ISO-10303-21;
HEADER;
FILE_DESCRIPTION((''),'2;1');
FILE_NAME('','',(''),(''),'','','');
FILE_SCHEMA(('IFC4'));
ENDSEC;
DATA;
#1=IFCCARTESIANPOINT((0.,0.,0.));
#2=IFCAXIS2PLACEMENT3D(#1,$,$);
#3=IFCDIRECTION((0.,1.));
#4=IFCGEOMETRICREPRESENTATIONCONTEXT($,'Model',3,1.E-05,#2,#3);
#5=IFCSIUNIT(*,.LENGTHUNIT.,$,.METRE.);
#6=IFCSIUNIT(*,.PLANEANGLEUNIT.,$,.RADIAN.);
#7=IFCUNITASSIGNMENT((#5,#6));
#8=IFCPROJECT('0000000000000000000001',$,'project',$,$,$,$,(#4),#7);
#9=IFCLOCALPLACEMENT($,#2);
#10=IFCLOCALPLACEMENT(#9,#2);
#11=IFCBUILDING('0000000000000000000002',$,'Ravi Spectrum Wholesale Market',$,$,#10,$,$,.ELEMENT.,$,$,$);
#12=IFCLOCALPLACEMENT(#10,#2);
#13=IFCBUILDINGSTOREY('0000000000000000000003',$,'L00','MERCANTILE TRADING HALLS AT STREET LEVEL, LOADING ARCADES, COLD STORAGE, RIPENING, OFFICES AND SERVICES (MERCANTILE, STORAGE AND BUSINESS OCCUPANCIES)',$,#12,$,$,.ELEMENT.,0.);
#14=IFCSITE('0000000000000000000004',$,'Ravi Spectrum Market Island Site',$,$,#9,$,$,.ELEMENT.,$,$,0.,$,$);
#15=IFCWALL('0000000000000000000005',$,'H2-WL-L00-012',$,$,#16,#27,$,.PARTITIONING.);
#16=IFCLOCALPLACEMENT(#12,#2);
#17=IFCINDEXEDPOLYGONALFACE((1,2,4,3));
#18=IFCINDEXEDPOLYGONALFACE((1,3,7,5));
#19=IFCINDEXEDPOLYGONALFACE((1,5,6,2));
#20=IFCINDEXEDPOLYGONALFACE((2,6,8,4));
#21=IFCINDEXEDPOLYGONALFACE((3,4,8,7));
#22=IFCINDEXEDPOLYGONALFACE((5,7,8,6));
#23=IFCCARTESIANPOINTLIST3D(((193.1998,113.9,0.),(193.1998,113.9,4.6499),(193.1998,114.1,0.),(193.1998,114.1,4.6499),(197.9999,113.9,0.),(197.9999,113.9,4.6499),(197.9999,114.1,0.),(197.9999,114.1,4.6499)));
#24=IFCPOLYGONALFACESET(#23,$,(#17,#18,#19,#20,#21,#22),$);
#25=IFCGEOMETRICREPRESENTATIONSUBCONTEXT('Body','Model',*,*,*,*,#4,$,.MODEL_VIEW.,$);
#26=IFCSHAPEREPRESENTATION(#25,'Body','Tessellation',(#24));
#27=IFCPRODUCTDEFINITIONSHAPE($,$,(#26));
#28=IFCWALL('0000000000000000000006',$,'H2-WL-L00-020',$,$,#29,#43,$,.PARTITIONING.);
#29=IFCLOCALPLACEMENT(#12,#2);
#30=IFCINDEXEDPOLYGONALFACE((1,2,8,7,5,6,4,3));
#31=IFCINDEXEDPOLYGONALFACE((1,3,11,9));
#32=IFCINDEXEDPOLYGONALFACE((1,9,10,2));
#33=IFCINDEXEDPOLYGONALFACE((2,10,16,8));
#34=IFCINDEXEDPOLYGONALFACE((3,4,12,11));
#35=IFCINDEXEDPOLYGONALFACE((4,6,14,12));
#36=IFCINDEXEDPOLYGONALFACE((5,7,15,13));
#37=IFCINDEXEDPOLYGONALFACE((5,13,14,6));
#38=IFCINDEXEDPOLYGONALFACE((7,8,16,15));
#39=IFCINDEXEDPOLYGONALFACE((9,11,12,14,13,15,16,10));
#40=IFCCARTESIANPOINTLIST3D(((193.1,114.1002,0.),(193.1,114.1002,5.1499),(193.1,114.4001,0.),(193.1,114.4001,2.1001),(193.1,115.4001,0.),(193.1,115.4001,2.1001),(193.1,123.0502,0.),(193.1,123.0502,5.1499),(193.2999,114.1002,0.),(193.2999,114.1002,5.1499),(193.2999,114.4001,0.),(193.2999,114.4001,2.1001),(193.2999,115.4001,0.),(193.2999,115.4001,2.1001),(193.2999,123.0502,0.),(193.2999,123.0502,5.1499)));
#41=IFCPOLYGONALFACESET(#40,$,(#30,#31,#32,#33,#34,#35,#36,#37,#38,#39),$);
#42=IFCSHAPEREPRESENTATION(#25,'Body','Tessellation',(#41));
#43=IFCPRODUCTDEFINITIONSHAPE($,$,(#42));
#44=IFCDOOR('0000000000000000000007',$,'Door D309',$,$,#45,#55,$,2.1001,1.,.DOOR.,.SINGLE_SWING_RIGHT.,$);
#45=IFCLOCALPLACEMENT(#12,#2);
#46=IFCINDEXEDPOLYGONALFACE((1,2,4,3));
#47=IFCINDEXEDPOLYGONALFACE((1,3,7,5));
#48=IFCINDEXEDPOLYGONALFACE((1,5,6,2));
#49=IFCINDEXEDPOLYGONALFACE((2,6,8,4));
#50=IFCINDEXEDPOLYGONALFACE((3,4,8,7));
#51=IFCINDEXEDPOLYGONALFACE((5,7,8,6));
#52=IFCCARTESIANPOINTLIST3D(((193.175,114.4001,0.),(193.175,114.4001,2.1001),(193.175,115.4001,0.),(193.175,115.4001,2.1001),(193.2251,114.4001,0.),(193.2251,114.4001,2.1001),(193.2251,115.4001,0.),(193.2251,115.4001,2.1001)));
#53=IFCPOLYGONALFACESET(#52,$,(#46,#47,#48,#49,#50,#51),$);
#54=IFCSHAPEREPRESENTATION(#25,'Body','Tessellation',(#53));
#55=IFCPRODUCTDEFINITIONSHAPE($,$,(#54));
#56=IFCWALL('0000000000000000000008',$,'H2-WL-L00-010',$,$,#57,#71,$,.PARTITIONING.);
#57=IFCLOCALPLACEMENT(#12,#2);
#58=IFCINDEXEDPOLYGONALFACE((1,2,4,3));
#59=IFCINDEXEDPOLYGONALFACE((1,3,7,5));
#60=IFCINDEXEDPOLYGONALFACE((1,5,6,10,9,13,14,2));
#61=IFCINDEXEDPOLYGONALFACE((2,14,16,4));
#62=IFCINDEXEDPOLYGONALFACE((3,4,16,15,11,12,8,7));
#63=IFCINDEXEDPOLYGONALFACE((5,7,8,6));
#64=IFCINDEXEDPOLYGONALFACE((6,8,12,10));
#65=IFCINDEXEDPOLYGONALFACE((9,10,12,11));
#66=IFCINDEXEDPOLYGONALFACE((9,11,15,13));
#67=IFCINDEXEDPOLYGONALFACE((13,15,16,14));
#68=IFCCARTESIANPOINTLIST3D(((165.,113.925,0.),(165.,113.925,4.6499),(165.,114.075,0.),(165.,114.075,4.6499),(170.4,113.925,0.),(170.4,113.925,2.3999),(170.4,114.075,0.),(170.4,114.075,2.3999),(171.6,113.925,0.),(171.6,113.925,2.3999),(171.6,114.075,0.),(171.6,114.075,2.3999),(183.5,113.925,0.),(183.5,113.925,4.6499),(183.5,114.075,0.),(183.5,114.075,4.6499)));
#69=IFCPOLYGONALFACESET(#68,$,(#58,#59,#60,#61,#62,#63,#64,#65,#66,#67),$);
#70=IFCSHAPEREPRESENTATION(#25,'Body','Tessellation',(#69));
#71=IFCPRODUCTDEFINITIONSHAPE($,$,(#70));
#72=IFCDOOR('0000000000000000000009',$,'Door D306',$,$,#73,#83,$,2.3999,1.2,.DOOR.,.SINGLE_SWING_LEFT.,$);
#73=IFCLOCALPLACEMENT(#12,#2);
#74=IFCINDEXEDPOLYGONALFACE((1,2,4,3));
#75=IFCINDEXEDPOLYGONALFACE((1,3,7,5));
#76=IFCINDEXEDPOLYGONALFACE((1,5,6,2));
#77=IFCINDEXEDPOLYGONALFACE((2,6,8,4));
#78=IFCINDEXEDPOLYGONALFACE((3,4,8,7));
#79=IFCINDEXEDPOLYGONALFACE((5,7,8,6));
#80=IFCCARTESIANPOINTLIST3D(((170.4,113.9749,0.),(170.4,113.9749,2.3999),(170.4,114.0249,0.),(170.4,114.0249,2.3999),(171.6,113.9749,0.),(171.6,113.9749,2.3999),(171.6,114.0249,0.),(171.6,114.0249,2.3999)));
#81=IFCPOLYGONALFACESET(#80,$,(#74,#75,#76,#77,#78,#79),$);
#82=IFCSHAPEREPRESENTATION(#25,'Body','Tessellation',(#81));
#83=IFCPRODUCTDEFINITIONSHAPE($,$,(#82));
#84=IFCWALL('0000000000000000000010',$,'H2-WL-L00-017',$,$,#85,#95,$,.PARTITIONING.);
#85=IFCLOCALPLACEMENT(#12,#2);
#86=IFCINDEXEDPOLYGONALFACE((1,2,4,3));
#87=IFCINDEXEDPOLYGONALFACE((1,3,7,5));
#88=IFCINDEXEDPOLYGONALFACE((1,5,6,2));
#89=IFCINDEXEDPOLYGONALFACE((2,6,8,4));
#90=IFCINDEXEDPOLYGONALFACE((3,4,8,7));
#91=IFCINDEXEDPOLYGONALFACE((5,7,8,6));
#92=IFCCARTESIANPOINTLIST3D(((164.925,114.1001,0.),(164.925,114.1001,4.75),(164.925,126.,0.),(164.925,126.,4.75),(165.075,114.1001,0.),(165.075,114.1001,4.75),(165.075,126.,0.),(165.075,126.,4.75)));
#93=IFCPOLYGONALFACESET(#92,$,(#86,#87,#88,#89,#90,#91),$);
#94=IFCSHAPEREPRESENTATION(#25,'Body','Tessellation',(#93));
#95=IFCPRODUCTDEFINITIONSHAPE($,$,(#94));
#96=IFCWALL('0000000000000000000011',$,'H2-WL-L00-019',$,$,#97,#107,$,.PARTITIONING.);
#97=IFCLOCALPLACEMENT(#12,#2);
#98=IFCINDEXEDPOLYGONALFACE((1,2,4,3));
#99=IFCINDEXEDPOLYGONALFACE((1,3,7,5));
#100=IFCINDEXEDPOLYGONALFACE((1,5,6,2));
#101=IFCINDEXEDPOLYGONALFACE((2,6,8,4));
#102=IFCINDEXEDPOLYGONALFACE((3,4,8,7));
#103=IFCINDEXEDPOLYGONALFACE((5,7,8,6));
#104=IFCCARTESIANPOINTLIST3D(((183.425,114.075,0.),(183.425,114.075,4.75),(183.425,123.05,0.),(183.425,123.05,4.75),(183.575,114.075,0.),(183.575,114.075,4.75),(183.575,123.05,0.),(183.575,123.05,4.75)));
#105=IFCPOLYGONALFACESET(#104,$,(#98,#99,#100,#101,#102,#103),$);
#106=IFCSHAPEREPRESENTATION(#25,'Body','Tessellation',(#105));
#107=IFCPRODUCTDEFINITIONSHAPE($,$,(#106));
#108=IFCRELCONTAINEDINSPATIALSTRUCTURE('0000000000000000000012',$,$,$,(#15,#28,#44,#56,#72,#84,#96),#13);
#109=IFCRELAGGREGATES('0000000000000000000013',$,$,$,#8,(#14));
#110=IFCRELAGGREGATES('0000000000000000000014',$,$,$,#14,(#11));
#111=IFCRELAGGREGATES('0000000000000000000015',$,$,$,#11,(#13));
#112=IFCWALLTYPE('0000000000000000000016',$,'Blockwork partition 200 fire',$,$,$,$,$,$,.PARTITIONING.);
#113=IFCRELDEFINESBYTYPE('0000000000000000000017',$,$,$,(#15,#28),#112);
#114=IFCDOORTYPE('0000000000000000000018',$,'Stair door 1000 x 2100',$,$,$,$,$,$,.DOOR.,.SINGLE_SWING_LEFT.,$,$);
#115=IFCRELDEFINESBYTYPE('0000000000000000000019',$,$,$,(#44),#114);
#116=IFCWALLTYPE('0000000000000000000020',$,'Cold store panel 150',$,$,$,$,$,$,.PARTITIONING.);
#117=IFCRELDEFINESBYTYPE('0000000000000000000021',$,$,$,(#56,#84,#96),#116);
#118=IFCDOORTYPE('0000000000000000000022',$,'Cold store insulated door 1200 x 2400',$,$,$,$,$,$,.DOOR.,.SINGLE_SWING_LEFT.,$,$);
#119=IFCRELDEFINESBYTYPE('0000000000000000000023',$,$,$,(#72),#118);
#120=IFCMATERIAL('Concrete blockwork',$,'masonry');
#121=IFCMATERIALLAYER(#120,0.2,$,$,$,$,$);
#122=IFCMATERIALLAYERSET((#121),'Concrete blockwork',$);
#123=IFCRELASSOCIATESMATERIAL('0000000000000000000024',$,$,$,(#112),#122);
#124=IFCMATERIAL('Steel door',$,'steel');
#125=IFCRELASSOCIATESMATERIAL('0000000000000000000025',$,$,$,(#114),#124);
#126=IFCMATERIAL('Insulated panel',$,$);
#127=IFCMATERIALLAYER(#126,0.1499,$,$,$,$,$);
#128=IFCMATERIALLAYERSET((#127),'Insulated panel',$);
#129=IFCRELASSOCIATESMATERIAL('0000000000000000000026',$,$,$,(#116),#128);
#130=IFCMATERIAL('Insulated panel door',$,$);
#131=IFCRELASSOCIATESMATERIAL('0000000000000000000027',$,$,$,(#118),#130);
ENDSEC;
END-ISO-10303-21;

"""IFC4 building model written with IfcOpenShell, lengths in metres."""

from ifc_helpers import new_model, si_unit, direction, frame, frame_2d, origin, place, context, subcontext, project, spatial, rectangle, extrude, material, layer, layer_set, type_object, element, fill, save


model = new_model("IFC4")

# Units and contexts
model_context = context("Model", 3, precision=1e-05, world=origin(), true_north=direction((0.0, 1.0)))
body_context = subcontext(model_context, "Body", "Model", "MODEL_VIEW")
ifc_project = project(units=[si_unit("LENGTHUNIT", "METRE"), si_unit("PLANEANGLEUNIT", "RADIAN")], contexts=[model_context])

# Site, building, storey
site_placement = place(None, origin())
site = spatial("IfcSite", under=ifc_project, at=site_placement, Name="Ravi Spectrum Market Island Site", CompositionType="ELEMENT", RefElevation=0.0)
building_placement = place(site_placement, origin())
building = spatial("IfcBuilding", under=site, at=building_placement, Name="Ravi Spectrum Wholesale Market", CompositionType="ELEMENT")
storey_placement = place(building_placement, origin())
storey = spatial("IfcBuildingStorey", under=building, at=storey_placement, Name="L00", Description="MERCANTILE TRADING HALLS AT STREET LEVEL, LOADING ARCADES, COLD STORAGE, RIPENING, OFFICES AND SERVICES (MERCANTILE, STORAGE AND BUSINESS OCCUPANCIES)", CompositionType="ELEMENT", Elevation=0.0)

# Wall
ifc_material_1 = material(Name="Concrete blockwork", Category="masonry")
ifc_layer_1 = layer(ifc_material_1, 0.2)
ifc_layer_set_1 = layer_set([ifc_layer_1], Name="Concrete blockwork")
wall_type_1 = type_object("IfcWallType", Name="Blockwork partition 200 fire", PredefinedType="PARTITIONING", material=ifc_layer_set_1)
wall_1_placement = place(storey_placement, frame((193.2, 114.0, 0.0), z_axis=(0.0, 0.0, 1.0), x_axis=(1.0, 0.0, 0.0)))
element("IfcWall", 1, at=wall_1_placement, inside=storey, type_object=wall_type_1, Name="H2-WL-L00-012", PredefinedType="PARTITIONING", context=body_context, shape_type="SweptSolid", body=[
    extrude(rectangle(XDim=4.8, YDim=0.2, at=frame_2d((2.3999, 0.0))), origin(), (0.0, 0.0, 1.0), 4.6499),
])

# Walls, openings, doors
wall_2_placement = place(storey_placement, frame((193.2, 114.1001, 0.0), z_axis=(0.0, 0.0, 1.0), x_axis=(0.0, 1.0, 0.0)))
wall_2 = element("IfcWall", 2, at=wall_2_placement, inside=storey, type_object=wall_type_1, Name="H2-WL-L00-020", PredefinedType="PARTITIONING", context=body_context, shape_type="SweptSolid", body=[
    extrude(rectangle(XDim=8.95, YDim=0.2, at=frame_2d((4.4751, 0.0))), origin(), (0.0, 0.0, 1.0), 5.1499),
])
opening_1_placement = place(wall_2_placement, frame((0.3, 0.0, 0.0)))
opening_1 = element("IfcOpeningElement", 3, at=opening_1_placement, cuts=wall_2, PredefinedType="OPENING", context=body_context, shape_type="SweptSolid", body=[
    extrude(rectangle(XDim=1.0, YDim=2.1001, at=frame_2d((0.5, 1.05))), frame((0.0, 0.1099, 0.0), z_axis=(0.0, -1.0, 0.0), x_axis=(1.0, 0.0, 0.0)), (0.0, 0.0, 1.0), 0.22),
])
ifc_material_2 = material(Name="Steel door", Category="steel")
door_type_1 = type_object("IfcDoorType", Name="Stair door 1000 x 2100", OperationType="SINGLE_SWING_LEFT", PredefinedType="DOOR", material=ifc_material_2)
door_1_placement = place(opening_1_placement, origin())
door_1 = element("IfcDoor", 4, at=door_1_placement, inside=storey, type_object=door_type_1, Name="Door D309", OperationType="SINGLE_SWING_RIGHT", OverallHeight=2.1001, OverallWidth=1.0, PredefinedType="DOOR", context=body_context, shape_type="SweptSolid", body=[
    extrude(rectangle(XDim=1.0, YDim=2.1001, at=frame_2d((0.5, 1.05))), frame((0.0, 0.0249, 0.0), z_axis=(0.0, -1.0, 0.0), x_axis=(1.0, 0.0, 0.0)), (0.0, 0.0, 1.0), 0.05),
])
fill(opening_1, door_1)
ifc_material_3 = material(Name="Insulated panel")
ifc_layer_2 = layer(ifc_material_3, 0.1499)
ifc_layer_set_2 = layer_set([ifc_layer_2], Name="Insulated panel")
wall_type_2 = type_object("IfcWallType", Name="Cold store panel 150", PredefinedType="PARTITIONING", material=ifc_layer_set_2)
wall_3_placement = place(storey_placement, frame((165.0, 114.0, 0.0), z_axis=(0.0, 0.0, 1.0), x_axis=(1.0, 0.0, 0.0)))
wall_3 = element("IfcWall", 5, at=wall_3_placement, inside=storey, type_object=wall_type_2, Name="H2-WL-L00-010", PredefinedType="PARTITIONING", context=body_context, shape_type="SweptSolid", body=[
    extrude(rectangle(XDim=18.5, YDim=0.1499, at=frame_2d((9.25, 0.0))), origin(), (0.0, 0.0, 1.0), 4.6499),
])
opening_2_placement = place(wall_3_placement, frame((5.3999, 0.0, 0.0)))
opening_2 = element("IfcOpeningElement", 6, at=opening_2_placement, cuts=wall_3, PredefinedType="OPENING", context=body_context, shape_type="SweptSolid", body=[
    extrude(rectangle(XDim=1.2, YDim=2.3999, at=frame_2d((0.6001, 1.2))), frame((0.0, 0.085, 0.0), z_axis=(0.0, -1.0, 0.0), x_axis=(1.0, 0.0, 0.0)), (0.0, 0.0, 1.0), 0.1699),
])
ifc_material_4 = material(Name="Insulated panel door")
door_type_2 = type_object("IfcDoorType", Name="Cold store insulated door 1200 x 2400", OperationType="SINGLE_SWING_LEFT", PredefinedType="DOOR", material=ifc_material_4)
door_2_placement = place(opening_2_placement, origin())
door_2 = element("IfcDoor", 7, at=door_2_placement, inside=storey, type_object=door_type_2, Name="Door D306", OperationType="SINGLE_SWING_LEFT", OverallHeight=2.3999, OverallWidth=1.2, PredefinedType="DOOR", context=body_context, shape_type="SweptSolid", body=[
    extrude(rectangle(XDim=1.2, YDim=2.3999, at=frame_2d((0.6001, 1.2))), frame((0.0, 0.0249, 0.0), z_axis=(0.0, -1.0, 0.0), x_axis=(1.0, 0.0, 0.0)), (0.0, 0.0, 1.0), 0.05),
])
fill(opening_2, door_2)

# Walls
wall_4_placement = place(storey_placement, frame((165.0, 114.1001, 0.0), z_axis=(0.0, 0.0, 1.0), x_axis=(0.0, 1.0, 0.0)))
element("IfcWall", 8, at=wall_4_placement, inside=storey, type_object=wall_type_2, Name="H2-WL-L00-017", PredefinedType="PARTITIONING", context=body_context, shape_type="SweptSolid", body=[
    extrude(rectangle(XDim=11.8999, YDim=0.1499, at=frame_2d((5.95, 0.0))), origin(), (0.0, 0.0, 1.0), 4.75),
])
wall_5_placement = place(storey_placement, frame((183.5, 114.075, 0.0), z_axis=(0.0, 0.0, 1.0), x_axis=(0.0, 1.0, 0.0)))
element("IfcWall", 9, at=wall_5_placement, inside=storey, type_object=wall_type_2, Name="H2-WL-L00-019", PredefinedType="PARTITIONING", context=body_context, shape_type="SweptSolid", body=[
    extrude(rectangle(XDim=8.9751, YDim=0.1499, at=frame_2d((4.4875, 0.0))), origin(), (0.0, 0.0, 1.0), 4.75),
])

save(model, "model.ifc")
